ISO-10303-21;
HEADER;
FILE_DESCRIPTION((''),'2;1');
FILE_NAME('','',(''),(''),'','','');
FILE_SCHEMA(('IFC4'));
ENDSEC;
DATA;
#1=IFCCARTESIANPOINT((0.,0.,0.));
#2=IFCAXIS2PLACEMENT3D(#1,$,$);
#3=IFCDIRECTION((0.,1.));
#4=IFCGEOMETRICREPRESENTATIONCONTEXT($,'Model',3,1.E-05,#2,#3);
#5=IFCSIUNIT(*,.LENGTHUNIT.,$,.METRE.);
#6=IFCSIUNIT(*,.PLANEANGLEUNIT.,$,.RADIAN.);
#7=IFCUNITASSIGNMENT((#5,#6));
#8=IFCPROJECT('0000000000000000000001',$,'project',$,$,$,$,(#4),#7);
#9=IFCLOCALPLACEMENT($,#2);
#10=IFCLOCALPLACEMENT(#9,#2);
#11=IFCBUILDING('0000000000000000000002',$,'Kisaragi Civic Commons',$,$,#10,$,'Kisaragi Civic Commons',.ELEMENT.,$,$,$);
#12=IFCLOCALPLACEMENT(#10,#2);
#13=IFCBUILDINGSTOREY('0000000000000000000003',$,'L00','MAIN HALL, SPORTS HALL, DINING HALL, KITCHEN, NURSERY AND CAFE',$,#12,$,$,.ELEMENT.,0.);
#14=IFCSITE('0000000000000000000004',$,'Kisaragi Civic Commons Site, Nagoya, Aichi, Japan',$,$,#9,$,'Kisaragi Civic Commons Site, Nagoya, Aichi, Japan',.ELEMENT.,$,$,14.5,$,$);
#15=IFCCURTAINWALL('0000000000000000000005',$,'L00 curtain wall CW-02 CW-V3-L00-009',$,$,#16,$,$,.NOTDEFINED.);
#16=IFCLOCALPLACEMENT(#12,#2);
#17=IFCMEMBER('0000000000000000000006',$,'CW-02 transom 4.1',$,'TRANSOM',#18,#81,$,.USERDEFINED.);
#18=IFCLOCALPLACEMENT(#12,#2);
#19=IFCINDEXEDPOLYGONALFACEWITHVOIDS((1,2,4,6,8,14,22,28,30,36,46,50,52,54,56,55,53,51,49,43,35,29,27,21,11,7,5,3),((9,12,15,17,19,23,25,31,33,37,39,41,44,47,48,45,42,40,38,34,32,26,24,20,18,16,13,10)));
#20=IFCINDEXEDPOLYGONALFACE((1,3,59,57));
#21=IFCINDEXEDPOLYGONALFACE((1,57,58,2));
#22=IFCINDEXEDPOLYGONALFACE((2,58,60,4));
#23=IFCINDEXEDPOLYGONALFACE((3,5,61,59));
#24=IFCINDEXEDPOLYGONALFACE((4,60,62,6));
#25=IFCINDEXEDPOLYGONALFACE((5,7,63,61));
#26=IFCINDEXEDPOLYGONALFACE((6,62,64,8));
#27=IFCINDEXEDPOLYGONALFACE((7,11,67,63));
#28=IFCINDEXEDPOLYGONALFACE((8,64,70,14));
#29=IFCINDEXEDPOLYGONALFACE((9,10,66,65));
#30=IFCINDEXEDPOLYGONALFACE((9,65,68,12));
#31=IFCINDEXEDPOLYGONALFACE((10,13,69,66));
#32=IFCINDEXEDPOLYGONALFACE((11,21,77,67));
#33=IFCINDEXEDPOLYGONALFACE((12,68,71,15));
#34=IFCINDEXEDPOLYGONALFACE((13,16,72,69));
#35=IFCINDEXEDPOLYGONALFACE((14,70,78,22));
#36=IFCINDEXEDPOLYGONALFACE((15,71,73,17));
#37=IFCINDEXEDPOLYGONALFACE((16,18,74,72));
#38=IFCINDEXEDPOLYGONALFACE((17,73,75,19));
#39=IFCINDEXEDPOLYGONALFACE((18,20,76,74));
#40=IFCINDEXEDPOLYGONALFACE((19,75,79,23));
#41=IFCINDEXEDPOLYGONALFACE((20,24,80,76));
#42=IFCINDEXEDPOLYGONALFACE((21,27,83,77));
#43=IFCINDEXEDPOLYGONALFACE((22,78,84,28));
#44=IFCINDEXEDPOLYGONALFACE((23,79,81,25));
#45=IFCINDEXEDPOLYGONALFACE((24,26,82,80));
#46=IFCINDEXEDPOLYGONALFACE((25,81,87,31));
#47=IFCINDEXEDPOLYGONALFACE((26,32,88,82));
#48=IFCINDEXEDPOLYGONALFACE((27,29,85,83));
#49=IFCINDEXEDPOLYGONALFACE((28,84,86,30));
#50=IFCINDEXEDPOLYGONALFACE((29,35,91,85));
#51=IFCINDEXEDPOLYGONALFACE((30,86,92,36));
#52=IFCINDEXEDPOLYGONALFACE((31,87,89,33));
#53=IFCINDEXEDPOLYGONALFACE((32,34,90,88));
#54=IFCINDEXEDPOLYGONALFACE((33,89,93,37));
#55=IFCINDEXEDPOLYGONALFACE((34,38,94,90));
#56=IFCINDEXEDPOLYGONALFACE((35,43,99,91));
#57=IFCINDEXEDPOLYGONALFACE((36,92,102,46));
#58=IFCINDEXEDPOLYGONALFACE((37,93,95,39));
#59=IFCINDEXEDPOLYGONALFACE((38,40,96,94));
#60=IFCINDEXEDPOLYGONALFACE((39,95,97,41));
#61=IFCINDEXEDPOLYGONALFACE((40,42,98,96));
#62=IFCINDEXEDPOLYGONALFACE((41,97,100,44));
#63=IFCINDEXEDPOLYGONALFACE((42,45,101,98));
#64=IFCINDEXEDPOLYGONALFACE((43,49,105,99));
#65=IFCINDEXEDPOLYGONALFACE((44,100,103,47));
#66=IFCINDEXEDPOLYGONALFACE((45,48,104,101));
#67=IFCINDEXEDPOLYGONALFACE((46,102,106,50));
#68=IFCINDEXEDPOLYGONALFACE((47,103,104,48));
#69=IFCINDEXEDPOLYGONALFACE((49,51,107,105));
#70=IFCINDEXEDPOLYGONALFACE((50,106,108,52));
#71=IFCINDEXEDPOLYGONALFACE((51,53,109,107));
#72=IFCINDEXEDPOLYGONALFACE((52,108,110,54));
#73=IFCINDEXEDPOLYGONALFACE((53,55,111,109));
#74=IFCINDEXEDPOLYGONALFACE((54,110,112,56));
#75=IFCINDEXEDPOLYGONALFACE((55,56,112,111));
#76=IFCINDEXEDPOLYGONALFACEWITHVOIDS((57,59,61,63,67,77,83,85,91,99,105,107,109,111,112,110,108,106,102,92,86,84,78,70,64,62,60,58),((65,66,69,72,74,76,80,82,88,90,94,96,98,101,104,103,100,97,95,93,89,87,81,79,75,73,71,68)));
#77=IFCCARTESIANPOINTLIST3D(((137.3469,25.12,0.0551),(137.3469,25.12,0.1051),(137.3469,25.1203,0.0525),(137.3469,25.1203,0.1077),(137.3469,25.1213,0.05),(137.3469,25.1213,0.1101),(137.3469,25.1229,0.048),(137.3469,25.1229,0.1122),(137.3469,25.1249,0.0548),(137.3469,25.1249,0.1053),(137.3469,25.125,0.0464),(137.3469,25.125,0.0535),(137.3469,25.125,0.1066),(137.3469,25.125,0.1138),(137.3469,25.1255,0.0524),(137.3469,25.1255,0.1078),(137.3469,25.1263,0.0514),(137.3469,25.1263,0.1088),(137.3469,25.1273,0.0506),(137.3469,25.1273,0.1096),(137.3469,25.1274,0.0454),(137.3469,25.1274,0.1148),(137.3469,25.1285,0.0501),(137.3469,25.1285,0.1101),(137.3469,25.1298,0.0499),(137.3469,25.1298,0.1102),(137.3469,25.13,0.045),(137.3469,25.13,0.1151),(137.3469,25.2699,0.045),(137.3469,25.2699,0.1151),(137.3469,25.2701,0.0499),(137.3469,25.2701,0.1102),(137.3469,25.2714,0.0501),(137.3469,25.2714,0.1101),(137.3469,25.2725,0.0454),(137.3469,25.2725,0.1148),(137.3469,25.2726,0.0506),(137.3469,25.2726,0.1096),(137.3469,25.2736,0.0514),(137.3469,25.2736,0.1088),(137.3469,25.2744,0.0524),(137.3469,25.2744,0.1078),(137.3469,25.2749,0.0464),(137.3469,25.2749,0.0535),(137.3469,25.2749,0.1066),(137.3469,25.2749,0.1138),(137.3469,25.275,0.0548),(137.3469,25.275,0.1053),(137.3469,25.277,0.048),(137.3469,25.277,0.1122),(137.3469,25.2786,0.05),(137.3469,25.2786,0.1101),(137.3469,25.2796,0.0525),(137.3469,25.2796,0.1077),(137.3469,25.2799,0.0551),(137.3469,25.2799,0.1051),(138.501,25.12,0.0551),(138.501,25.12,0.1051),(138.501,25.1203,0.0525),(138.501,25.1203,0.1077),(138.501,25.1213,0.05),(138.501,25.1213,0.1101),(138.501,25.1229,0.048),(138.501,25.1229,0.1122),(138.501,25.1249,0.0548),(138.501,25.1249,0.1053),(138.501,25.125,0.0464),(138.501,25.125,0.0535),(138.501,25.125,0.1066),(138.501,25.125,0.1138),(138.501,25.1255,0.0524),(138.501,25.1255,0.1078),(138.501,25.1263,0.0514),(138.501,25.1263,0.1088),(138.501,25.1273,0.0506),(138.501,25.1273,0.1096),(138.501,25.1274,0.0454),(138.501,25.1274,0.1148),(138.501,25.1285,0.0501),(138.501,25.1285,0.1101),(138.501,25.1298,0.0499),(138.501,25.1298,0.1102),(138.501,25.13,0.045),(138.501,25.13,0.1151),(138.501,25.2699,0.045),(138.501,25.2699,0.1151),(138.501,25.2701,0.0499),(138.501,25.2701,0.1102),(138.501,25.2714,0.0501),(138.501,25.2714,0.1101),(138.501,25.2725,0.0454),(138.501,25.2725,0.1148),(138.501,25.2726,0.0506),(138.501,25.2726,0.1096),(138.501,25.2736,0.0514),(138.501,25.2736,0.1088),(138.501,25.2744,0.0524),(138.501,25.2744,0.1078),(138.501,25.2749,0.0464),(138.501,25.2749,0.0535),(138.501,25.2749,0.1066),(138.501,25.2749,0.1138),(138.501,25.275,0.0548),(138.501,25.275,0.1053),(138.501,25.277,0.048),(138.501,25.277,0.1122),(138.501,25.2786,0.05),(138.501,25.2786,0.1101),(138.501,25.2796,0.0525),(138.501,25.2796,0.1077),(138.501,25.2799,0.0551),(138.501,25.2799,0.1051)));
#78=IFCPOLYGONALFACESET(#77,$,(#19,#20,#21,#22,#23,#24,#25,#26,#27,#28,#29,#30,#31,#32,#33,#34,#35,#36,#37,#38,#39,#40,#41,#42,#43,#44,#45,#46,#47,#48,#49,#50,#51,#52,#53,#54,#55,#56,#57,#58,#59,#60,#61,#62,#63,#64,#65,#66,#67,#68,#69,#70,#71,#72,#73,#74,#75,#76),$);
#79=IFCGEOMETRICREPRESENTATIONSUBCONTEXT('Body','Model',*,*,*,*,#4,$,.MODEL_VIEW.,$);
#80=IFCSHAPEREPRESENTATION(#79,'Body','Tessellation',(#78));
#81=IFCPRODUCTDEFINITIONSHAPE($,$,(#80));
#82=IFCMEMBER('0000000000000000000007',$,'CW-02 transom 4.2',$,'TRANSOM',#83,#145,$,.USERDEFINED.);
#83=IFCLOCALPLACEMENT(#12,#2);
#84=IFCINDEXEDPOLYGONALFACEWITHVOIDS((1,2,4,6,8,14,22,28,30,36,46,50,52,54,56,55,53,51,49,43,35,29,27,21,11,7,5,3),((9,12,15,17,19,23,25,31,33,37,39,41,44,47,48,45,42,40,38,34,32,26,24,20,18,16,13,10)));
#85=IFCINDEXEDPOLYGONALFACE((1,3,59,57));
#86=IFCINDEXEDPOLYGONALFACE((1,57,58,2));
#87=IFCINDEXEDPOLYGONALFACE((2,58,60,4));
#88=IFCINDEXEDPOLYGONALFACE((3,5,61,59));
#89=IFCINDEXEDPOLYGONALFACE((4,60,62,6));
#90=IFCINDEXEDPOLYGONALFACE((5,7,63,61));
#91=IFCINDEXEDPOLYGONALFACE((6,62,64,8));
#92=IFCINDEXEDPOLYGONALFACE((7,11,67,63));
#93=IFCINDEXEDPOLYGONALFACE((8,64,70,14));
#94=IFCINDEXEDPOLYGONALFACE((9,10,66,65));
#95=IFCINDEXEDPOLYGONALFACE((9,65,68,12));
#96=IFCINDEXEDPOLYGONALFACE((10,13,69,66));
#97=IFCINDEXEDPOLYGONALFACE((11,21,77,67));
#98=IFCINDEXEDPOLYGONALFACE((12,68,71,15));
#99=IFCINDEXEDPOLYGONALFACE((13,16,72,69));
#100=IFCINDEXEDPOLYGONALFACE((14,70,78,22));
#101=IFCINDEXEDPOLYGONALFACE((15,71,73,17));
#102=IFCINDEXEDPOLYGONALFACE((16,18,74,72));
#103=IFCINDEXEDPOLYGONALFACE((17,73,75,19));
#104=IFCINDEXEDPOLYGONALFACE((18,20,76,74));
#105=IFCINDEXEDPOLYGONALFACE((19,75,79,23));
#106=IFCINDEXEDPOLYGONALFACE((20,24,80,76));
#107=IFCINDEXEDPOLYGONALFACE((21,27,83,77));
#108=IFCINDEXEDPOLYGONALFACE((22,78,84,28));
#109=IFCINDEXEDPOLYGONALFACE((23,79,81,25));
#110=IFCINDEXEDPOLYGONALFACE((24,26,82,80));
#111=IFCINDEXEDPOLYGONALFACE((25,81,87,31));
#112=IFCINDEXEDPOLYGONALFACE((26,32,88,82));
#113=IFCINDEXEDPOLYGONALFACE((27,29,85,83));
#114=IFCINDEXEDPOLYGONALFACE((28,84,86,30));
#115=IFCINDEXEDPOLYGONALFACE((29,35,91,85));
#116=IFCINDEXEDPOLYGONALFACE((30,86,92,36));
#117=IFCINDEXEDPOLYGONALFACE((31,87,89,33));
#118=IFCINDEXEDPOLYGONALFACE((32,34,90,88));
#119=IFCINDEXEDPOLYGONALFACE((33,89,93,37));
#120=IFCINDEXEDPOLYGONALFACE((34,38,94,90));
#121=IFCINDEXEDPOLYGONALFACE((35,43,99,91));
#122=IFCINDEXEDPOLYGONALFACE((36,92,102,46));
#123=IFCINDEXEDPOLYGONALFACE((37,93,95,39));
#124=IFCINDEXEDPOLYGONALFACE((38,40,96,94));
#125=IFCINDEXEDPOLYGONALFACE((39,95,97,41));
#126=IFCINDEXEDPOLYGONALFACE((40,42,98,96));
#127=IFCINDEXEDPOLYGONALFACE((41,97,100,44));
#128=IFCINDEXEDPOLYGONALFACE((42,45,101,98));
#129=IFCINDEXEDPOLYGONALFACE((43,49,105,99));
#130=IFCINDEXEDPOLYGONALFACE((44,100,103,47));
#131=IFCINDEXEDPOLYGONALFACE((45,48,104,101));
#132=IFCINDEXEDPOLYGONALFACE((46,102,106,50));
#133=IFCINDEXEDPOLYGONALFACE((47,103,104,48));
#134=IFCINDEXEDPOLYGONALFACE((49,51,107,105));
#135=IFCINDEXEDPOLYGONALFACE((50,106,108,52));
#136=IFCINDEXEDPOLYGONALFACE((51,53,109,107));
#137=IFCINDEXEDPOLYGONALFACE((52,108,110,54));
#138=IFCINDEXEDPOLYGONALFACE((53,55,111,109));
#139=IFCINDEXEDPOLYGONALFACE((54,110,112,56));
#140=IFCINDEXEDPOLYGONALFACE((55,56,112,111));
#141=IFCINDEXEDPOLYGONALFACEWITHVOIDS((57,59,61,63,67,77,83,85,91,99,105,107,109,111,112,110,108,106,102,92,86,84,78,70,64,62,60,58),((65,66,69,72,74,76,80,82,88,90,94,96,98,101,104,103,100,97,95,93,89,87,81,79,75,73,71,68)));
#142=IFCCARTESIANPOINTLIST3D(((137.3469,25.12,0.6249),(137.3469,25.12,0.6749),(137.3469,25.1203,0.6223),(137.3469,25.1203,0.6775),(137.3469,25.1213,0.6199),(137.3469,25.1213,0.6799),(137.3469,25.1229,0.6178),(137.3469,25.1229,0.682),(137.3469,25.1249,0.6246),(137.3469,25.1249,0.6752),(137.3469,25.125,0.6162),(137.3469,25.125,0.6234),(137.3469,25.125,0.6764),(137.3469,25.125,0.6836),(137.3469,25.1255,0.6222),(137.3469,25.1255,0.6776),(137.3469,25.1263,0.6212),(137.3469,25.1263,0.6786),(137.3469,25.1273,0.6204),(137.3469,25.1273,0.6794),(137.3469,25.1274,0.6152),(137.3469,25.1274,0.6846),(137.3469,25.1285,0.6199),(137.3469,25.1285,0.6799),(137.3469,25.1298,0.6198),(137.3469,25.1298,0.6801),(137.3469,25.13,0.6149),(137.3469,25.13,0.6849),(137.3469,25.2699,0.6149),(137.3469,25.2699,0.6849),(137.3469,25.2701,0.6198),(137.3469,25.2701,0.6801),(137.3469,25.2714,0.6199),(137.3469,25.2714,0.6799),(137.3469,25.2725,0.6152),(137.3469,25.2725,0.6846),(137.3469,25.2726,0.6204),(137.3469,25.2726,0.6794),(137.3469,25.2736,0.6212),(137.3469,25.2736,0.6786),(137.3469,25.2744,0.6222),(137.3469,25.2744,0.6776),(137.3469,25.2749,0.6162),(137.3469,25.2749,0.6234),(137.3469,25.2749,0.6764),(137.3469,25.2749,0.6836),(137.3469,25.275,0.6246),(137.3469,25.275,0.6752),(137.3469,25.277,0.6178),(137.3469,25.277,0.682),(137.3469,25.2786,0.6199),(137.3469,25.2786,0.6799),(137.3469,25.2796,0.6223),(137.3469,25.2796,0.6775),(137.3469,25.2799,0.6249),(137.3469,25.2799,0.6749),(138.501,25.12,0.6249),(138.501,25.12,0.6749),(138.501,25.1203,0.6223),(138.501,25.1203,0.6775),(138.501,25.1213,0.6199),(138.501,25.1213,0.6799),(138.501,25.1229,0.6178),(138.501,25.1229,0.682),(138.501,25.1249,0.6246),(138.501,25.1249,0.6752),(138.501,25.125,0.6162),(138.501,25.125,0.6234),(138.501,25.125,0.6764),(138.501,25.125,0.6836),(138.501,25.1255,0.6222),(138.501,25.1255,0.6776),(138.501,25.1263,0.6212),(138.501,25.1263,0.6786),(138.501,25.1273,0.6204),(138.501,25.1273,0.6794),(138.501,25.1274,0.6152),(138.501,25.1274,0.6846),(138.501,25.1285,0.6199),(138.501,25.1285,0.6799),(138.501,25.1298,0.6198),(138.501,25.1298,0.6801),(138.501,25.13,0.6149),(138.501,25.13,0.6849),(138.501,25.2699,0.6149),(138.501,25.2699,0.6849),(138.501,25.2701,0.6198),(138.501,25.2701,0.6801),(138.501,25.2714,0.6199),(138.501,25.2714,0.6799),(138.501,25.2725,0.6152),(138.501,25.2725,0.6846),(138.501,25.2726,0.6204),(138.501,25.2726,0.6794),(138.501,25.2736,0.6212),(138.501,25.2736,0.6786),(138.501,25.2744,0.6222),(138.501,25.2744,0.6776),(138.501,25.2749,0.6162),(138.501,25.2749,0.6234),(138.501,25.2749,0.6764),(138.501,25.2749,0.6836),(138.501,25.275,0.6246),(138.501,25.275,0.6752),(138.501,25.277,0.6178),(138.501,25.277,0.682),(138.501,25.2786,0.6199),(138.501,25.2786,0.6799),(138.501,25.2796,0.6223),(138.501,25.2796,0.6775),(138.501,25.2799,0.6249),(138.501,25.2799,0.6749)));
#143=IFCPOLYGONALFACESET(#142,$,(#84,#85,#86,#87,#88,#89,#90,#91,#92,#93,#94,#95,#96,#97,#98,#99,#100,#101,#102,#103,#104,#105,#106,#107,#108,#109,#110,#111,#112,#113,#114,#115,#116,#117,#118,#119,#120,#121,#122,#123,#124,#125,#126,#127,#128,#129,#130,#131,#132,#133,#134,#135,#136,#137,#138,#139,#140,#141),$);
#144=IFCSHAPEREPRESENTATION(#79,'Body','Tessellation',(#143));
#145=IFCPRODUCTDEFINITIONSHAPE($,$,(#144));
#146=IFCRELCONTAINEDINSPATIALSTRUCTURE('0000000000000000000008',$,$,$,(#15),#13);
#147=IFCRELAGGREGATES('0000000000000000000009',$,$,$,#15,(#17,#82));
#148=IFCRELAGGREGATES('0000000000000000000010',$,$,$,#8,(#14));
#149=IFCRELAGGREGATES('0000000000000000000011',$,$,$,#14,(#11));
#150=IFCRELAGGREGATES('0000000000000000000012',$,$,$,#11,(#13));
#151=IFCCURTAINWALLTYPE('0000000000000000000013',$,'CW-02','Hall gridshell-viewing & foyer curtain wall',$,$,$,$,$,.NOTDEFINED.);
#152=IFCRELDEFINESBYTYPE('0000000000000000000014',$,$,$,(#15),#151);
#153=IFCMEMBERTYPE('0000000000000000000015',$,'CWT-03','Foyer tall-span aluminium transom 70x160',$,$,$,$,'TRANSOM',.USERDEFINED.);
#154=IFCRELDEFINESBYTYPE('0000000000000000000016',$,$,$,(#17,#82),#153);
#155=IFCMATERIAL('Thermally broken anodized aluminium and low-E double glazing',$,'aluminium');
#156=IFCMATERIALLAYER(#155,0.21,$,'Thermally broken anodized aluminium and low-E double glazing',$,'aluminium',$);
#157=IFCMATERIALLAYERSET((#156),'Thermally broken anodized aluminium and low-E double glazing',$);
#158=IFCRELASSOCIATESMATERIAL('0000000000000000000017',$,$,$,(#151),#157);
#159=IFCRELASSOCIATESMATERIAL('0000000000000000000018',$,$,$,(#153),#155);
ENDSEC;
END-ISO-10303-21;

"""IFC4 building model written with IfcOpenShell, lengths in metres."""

from ifc_helpers import new_model, si_unit, direction, frame, origin, origin_2d, place, context, subcontext, project, spatial, hollow_rectangle, extrude, material, layer, layer_set, material_profile, profile_set, type_object, element, aggregate, save


model = new_model("IFC4")

# Units and contexts
model_context = context("Model", 3, precision=1e-05, world=origin(), true_north=direction((0.0, 1.0)))
body_context = subcontext(model_context, "Body", "Model", "MODEL_VIEW")
ifc_project = project(units=[si_unit("LENGTHUNIT", "METRE"), si_unit("PLANEANGLEUNIT", "RADIAN")], contexts=[model_context])

# Site, building, storey
site_placement = place(None, origin())
site = spatial("IfcSite", under=ifc_project, at=site_placement, Name="Kisaragi Civic Commons Site, Nagoya, Aichi, Japan", LongName="Kisaragi Civic Commons Site, Nagoya, Aichi, Japan", CompositionType="ELEMENT", RefElevation=14.5)
building_placement = place(site_placement, origin())
building = spatial("IfcBuilding", under=site, at=building_placement, Name="Kisaragi Civic Commons", LongName="Kisaragi Civic Commons", CompositionType="ELEMENT")
storey_placement = place(building_placement, origin())
storey = spatial("IfcBuildingStorey", under=building, at=storey_placement, Name="L00", Description="MAIN HALL, SPORTS HALL, DINING HALL, KITCHEN, NURSERY AND CAFE", CompositionType="ELEMENT", Elevation=0.0)

# Curtain wall
ifc_material = material(Name="Thermally broken anodized aluminium and low-E double glazing", Category="aluminium")
ifc_layer_1 = layer(ifc_material, 0.21, Name="Thermally broken anodized aluminium and low-E double glazing", Category="aluminium")
ifc_layer_set_1 = layer_set([ifc_layer_1], Name="Thermally broken anodized aluminium and low-E double glazing")
curtain_wall_type = type_object("IfcCurtainWallType", Name="CW-02", Description="Hall gridshell-viewing & foyer curtain wall", PredefinedType="NOTDEFINED", material=ifc_layer_set_1)
curtain_wall_1_placement = place(storey_placement, origin())
curtain_wall_1 = element("IfcCurtainWall", 1, at=curtain_wall_1_placement, inside=storey, type_object=curtain_wall_type, Name="L00 curtain wall CW-02 CW-V3-L00-009", PredefinedType="NOTDEFINED")

# Members
ifc_material_profile_1 = material_profile(ifc_material, hollow_rectangle(XDim=0.1599, YDim=0.0701, WallThickness=0.0049, InnerFilletRadius=0.0049, OuterFilletRadius=0.01, at=origin_2d()), Name="CWT-70x160x5", Category="aluminium")
ifc_profile_set_1 = profile_set([ifc_material_profile_1], Name="Thermally broken anodized aluminium and low-E double glazing")
member_type_1 = type_object("IfcMemberType", Name="CWT-03", Description="Foyer tall-span aluminium transom 70x160", ElementType="TRANSOM", PredefinedType="USERDEFINED", material=ifc_profile_set_1)
member_1_placement = place(storey_placement, frame((137.3469, 25.2, 0.0801), z_axis=(1.0, 0.0, 0.0), x_axis=(0.0, 1.0, 0.0)))
member_1 = element("IfcMember", 2, at=member_1_placement, type_object=member_type_1, Name="CW-02 transom 4.1", ObjectType="TRANSOM", PredefinedType="USERDEFINED", context=body_context, shape_type="SweptSolid", body=[
    extrude(hollow_rectangle(XDim=0.1599, YDim=0.0701, WallThickness=0.0049, InnerFilletRadius=0.0049, OuterFilletRadius=0.01, at=origin_2d()), origin(), (0.0, 0.0, 1.0), 1.1541),
])
member_2_placement = place(storey_placement, frame((137.3469, 25.2, 0.6499), z_axis=(1.0, 0.0, 0.0), x_axis=(0.0, 1.0, 0.0)))
member_2 = element("IfcMember", 3, at=member_2_placement, type_object=member_type_1, Name="CW-02 transom 4.2", ObjectType="TRANSOM", PredefinedType="USERDEFINED", context=body_context, shape_type="SweptSolid", body=[
    extrude(hollow_rectangle(XDim=0.1599, YDim=0.0701, WallThickness=0.0049, InnerFilletRadius=0.0049, OuterFilletRadius=0.01, at=origin_2d()), origin(), (0.0, 0.0, 1.0), 1.1541),
])

aggregate(curtain_wall_1, [member_1, member_2])

save(model, "model.ifc")
